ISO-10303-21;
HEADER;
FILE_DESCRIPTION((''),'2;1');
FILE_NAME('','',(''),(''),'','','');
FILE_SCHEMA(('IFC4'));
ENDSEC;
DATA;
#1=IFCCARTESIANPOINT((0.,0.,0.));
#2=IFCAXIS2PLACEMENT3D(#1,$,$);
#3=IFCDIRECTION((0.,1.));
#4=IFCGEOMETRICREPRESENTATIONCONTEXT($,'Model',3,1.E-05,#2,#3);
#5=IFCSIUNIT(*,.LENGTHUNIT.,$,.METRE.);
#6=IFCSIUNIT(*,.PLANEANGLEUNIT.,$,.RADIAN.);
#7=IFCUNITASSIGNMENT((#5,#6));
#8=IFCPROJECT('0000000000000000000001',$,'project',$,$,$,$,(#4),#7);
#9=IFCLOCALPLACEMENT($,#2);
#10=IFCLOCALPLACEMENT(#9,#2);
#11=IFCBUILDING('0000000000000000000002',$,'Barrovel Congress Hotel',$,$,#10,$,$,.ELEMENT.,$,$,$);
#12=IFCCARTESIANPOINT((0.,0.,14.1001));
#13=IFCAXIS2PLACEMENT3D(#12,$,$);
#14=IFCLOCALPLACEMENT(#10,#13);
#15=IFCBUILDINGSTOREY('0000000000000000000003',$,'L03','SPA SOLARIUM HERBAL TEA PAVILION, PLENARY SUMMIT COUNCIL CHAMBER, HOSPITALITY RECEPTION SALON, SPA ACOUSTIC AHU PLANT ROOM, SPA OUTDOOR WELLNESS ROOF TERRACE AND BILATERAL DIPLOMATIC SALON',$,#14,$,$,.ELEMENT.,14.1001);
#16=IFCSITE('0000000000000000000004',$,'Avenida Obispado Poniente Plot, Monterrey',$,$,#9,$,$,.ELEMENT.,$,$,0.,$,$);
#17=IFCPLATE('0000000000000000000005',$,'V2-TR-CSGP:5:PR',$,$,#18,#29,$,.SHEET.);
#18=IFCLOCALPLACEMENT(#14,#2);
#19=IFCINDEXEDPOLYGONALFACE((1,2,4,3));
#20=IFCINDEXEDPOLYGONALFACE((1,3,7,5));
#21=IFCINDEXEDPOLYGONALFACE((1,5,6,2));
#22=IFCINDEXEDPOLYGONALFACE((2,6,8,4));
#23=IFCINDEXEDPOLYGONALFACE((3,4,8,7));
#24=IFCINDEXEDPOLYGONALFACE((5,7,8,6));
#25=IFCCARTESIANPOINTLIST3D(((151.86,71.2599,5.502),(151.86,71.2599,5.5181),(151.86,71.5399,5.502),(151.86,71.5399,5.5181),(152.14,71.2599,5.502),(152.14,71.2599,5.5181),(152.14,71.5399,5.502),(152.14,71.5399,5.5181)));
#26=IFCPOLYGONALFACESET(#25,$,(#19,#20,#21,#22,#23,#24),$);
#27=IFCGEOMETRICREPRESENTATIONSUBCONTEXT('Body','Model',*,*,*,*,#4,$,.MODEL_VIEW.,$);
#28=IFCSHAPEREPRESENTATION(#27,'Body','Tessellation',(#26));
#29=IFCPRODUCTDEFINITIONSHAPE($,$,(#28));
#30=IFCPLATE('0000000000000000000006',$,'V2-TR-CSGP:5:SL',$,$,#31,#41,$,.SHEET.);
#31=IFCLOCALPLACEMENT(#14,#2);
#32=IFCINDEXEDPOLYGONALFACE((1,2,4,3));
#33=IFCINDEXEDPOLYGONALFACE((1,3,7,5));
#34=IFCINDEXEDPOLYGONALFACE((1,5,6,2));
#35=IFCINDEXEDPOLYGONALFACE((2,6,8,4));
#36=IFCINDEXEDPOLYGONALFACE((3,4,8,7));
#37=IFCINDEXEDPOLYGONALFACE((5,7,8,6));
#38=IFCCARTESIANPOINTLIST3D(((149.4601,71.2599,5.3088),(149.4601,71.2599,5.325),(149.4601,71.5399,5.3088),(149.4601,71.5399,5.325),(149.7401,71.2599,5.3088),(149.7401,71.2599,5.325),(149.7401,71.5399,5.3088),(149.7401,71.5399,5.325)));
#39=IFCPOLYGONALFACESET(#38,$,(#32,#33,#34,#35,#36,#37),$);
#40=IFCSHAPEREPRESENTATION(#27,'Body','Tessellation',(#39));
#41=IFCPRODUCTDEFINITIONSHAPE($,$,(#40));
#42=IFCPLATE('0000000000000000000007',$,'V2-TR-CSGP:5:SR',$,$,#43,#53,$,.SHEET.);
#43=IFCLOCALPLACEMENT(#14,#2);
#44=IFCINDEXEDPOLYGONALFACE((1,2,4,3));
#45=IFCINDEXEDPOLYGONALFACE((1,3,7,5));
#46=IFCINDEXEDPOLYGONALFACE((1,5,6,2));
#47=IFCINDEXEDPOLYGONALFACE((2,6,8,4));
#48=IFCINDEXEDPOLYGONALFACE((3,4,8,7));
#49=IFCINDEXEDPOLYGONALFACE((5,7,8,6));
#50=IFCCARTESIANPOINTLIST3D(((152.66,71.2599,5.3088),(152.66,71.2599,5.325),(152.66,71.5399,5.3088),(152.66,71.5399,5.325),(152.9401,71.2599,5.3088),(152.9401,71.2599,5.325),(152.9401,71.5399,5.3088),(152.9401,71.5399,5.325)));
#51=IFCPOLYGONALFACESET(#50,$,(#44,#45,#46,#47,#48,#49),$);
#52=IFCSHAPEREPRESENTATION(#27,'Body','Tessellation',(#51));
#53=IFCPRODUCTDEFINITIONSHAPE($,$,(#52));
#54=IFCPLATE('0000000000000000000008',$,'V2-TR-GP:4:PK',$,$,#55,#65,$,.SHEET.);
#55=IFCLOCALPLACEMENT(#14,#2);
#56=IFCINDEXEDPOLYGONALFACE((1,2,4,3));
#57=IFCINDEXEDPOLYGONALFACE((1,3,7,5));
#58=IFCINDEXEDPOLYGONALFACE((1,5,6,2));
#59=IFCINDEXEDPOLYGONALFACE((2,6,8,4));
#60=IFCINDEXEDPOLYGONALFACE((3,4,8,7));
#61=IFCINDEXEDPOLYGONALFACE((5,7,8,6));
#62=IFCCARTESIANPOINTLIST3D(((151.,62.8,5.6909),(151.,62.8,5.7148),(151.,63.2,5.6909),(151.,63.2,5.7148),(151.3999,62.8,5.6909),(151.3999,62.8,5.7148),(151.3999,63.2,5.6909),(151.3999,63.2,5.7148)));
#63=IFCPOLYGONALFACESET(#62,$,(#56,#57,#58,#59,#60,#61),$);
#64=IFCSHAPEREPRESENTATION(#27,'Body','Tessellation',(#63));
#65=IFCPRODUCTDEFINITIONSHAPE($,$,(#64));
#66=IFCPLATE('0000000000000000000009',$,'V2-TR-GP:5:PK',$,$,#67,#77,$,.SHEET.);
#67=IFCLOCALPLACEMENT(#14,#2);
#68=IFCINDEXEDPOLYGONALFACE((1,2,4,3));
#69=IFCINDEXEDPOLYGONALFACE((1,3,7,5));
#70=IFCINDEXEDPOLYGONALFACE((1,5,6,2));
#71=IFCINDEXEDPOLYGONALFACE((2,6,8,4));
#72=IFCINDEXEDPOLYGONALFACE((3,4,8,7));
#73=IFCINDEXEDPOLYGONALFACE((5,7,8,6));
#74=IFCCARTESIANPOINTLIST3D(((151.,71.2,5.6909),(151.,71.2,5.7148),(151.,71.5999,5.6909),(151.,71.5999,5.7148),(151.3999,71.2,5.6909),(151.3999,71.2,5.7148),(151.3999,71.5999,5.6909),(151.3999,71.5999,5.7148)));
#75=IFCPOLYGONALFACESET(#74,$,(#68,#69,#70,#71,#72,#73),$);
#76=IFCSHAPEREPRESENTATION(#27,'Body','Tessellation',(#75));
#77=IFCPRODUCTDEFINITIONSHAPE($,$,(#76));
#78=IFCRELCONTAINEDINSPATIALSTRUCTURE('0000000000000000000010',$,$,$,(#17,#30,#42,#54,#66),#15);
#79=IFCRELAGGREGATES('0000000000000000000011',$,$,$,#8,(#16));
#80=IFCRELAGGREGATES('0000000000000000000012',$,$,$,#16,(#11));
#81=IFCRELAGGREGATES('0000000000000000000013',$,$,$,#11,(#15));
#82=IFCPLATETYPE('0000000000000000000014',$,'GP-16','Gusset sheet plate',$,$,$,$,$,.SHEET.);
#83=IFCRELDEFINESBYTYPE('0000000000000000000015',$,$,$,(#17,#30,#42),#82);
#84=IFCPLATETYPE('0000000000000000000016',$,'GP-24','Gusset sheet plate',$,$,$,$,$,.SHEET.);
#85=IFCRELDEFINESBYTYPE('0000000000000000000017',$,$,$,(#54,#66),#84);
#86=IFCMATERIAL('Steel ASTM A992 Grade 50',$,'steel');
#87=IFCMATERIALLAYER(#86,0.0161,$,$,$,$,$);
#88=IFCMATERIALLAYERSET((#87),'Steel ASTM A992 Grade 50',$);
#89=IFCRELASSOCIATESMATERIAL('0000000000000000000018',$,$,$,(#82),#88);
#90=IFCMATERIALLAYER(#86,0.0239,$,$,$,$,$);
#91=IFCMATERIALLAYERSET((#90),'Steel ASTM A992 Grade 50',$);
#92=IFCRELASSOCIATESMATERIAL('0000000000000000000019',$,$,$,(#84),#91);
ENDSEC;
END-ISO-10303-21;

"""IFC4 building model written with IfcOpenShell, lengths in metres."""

from ifc_helpers import new_model, si_unit, direction, frame, origin, origin_2d, place, context, subcontext, project, spatial, rectangle, extrude, material, layer, layer_set, type_object, element, save


model = new_model("IFC4")

# Units and contexts
model_context = context("Model", 3, precision=1e-05, world=origin(), true_north=direction((0.0, 1.0)))
body_context = subcontext(model_context, "Body", "Model", "MODEL_VIEW")
ifc_project = project(units=[si_unit("LENGTHUNIT", "METRE"), si_unit("PLANEANGLEUNIT", "RADIAN")], contexts=[model_context])

# Site, building, storey
site_placement = place(None, origin())
site = spatial("IfcSite", under=ifc_project, at=site_placement, Name="Avenida Obispado Poniente Plot, Monterrey", CompositionType="ELEMENT", RefElevation=0.0)
building_placement = place(site_placement, origin())
building = spatial("IfcBuilding", under=site, at=building_placement, Name="Barrovel Congress Hotel", CompositionType="ELEMENT")
storey_placement = place(building_placement, frame((0.0, 0.0, 14.1001)))
storey = spatial("IfcBuildingStorey", under=building, at=storey_placement, Name="L03", Description="SPA SOLARIUM HERBAL TEA PAVILION, PLENARY SUMMIT COUNCIL CHAMBER, HOSPITALITY RECEPTION SALON, SPA ACOUSTIC AHU PLANT ROOM, SPA OUTDOOR WELLNESS ROOF TERRACE AND BILATERAL DIPLOMATIC SALON", CompositionType="ELEMENT", Elevation=14.1001)

# Shared definitions
ifc_material_1 = material(Name="Steel ASTM A992 Grade 50", Category="steel")

# Plates
ifc_layer_1 = layer(ifc_material_1, 0.0161)
ifc_layer_set_1 = layer_set([ifc_layer_1], Name="Steel ASTM A992 Grade 50")
plate_type_1 = type_object("IfcPlateType", Name="GP-16", Description="Gusset sheet plate", PredefinedType="SHEET", material=ifc_layer_set_1)
for number, where, z_axis, x_axis, name in (
    (1, (152.0, 71.3999, 5.502), (0.0, 0.0, 1.0), (1.0, 0.0, 0.0), "V2-TR-CSGP:5:PR"),
    (2, (149.6001, 71.3999, 5.3088), (0.0, 0.0, 1.0), (1.0, 0.0, 0.0), "V2-TR-CSGP:5:SL"),
    (3, (152.8, 71.3999, 5.3088), (0.0, 0.0, 1.0), (1.0, 0.0, 0.0), "V2-TR-CSGP:5:SR"),
):
    element("IfcPlate", number, at=place(storey_placement, frame(where, z_axis=z_axis, x_axis=x_axis)), inside=storey, type_object=plate_type_1, Name=name, PredefinedType="SHEET", context=body_context, shape_type="SweptSolid", body=[
        extrude(rectangle(XDim=0.28, YDim=0.28, at=origin_2d()), origin(), (0.0, 0.0, 1.0), 0.0161),
    ])
ifc_layer_2 = layer(ifc_material_1, 0.0239)
ifc_layer_set_2 = layer_set([ifc_layer_2], Name="Steel ASTM A992 Grade 50")
plate_type_2 = type_object("IfcPlateType", Name="GP-24", Description="Gusset sheet plate", PredefinedType="SHEET", material=ifc_layer_set_2)
for number, where, z_axis, x_axis, name in (
    (4, (151.2, 63.0, 5.6909), (0.0, 0.0, 1.0), (1.0, 0.0, 0.0), "V2-TR-GP:4:PK"),
    (5, (151.2, 71.3999, 5.6909), (0.0, 0.0, 1.0), (1.0, 0.0, 0.0), "V2-TR-GP:5:PK"),
):
    element("IfcPlate", number, at=place(storey_placement, frame(where, z_axis=z_axis, x_axis=x_axis)), inside=storey, type_object=plate_type_2, Name=name, PredefinedType="SHEET", context=body_context, shape_type="SweptSolid", body=[
        extrude(rectangle(XDim=0.3999, YDim=0.3999, at=origin_2d()), origin(), (0.0, 0.0, 1.0), 0.0239),
    ])

save(model, "model.ifc")
